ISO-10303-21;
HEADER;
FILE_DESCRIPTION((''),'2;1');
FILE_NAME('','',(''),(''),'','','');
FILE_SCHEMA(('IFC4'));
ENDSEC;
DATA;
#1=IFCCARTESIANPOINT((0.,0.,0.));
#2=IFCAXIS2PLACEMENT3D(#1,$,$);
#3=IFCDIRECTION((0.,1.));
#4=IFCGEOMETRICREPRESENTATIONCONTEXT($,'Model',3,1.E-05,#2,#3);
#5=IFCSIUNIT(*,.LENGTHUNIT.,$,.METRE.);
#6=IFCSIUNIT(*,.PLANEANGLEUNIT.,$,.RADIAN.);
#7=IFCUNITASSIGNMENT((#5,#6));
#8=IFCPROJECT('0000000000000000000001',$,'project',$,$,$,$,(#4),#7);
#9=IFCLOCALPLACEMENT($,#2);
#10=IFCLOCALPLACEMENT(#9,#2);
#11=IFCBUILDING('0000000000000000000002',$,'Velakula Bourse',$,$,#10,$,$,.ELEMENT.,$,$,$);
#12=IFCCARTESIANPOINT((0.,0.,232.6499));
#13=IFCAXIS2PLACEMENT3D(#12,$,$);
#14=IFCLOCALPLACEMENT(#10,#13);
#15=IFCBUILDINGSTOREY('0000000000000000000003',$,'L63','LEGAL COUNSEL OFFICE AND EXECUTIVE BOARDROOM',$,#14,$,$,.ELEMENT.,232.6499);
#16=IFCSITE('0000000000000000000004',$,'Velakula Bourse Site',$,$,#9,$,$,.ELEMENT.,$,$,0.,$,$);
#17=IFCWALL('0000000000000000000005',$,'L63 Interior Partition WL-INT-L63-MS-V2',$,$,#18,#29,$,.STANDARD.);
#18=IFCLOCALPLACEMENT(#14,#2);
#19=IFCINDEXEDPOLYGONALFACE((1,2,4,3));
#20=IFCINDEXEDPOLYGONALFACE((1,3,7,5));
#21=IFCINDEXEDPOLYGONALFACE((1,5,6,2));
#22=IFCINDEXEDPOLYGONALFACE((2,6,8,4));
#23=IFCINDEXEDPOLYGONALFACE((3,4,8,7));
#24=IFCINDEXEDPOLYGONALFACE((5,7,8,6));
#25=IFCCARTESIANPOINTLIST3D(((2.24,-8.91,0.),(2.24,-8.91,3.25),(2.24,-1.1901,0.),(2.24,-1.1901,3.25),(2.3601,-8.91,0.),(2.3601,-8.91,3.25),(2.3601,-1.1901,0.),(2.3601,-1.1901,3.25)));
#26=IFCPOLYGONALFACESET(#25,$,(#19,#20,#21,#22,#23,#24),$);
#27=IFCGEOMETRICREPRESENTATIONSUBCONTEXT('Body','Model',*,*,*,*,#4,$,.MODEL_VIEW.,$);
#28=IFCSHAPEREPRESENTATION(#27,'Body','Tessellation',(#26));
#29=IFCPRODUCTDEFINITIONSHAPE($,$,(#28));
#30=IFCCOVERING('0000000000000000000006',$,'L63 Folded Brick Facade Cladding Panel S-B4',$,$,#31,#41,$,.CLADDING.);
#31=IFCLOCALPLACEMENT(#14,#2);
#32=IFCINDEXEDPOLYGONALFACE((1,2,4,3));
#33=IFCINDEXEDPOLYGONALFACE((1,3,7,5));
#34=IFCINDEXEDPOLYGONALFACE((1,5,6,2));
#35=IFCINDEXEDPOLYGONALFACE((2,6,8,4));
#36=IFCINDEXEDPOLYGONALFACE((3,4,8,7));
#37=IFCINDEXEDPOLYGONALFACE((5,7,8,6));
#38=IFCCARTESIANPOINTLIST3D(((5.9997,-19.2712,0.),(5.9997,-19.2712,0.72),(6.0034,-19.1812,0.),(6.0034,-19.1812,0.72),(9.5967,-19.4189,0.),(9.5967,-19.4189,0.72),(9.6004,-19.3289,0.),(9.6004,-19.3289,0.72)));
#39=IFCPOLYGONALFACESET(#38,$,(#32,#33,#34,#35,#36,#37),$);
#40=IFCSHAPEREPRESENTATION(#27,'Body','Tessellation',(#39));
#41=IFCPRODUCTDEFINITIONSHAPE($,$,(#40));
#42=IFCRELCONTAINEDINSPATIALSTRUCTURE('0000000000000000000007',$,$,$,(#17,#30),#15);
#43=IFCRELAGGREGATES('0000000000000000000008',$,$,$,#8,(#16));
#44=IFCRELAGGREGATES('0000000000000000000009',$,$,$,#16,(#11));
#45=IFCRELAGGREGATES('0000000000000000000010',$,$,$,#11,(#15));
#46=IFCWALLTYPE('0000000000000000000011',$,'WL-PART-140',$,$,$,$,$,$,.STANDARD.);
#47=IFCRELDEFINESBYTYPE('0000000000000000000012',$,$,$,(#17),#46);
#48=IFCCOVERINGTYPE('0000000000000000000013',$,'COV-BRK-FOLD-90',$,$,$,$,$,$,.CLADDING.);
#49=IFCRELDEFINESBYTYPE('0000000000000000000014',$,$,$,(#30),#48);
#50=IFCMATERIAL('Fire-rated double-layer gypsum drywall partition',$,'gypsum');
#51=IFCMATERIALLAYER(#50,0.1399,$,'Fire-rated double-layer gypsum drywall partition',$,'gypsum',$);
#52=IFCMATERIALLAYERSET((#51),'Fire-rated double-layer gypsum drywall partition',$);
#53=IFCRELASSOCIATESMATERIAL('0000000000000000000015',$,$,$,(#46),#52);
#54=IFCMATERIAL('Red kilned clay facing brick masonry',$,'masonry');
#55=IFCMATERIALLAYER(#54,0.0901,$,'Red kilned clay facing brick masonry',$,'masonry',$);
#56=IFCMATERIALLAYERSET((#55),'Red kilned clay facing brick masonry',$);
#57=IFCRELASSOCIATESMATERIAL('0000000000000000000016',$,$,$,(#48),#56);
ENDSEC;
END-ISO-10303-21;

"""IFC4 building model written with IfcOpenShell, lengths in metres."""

from ifc_helpers import new_model, si_unit, direction, frame, frame_2d, origin, origin_2d, place, context, subcontext, project, spatial, rectangle, extrude, material, layer, layer_set, type_object, element, save


model = new_model("IFC4")

# Units and contexts
model_context = context("Model", 3, precision=1e-05, world=origin(), true_north=direction((0.0, 1.0)))
body_context = subcontext(model_context, "Body", "Model", "MODEL_VIEW")
ifc_project = project(units=[si_unit("LENGTHUNIT", "METRE"), si_unit("PLANEANGLEUNIT", "RADIAN")], contexts=[model_context])

# Site, building, storey
site_placement = place(None, origin())
site = spatial("IfcSite", under=ifc_project, at=site_placement, Name="Velakula Bourse Site", CompositionType="ELEMENT", RefElevation=0.0)
building_placement = place(site_placement, origin())
building = spatial("IfcBuilding", under=site, at=building_placement, Name="Velakula Bourse", CompositionType="ELEMENT")
storey_placement = place(building_placement, frame((0.0, 0.0, 232.6499)))
storey = spatial("IfcBuildingStorey", under=building, at=storey_placement, Name="L63", Description="LEGAL COUNSEL OFFICE AND EXECUTIVE BOARDROOM", CompositionType="ELEMENT", Elevation=232.6499)

# Wall
ifc_material_1 = material(Name="Fire-rated double-layer gypsum drywall partition", Category="gypsum")
ifc_layer_1 = layer(ifc_material_1, 0.1399, Name="Fire-rated double-layer gypsum drywall partition", Category="gypsum")
ifc_layer_set_1 = layer_set([ifc_layer_1], Name="Fire-rated double-layer gypsum drywall partition")
wall_type_1 = type_object("IfcWallType", Name="WL-PART-140", PredefinedType="STANDARD", material=ifc_layer_set_1)
for number, where, z_axis, x_axis, name in (
    (1, (2.3, -8.9099, 0.0), (0.0, 0.0, 1.0), (0.0, 1.0, 0.0), "L63 Interior Partition WL-INT-L63-MS-V2"),
):
    element("IfcWall", number, at=place(storey_placement, frame(where, z_axis=z_axis, x_axis=x_axis)), inside=storey, type_object=wall_type_1, Name=name, PredefinedType="STANDARD", context=body_context, shape_type="SweptSolid", body=[
        extrude(rectangle(XDim=7.72, YDim=0.1201, at=frame_2d((3.8599, 0.0))), origin(), (0.0, 0.0, 1.0), 3.25),
    ])

# Covering
ifc_material_2 = material(Name="Red kilned clay facing brick masonry", Category="masonry")
ifc_layer_2 = layer(ifc_material_2, 0.0901, Name="Red kilned clay facing brick masonry", Category="masonry")
ifc_layer_set_2 = layer_set([ifc_layer_2], Name="Red kilned clay facing brick masonry")
covering_type = type_object("IfcCoveringType", Name="COV-BRK-FOLD-90", PredefinedType="CLADDING", material=ifc_layer_set_2)
covering_placement = place(storey_placement, frame((7.8, -19.3, 0.0), z_axis=(0.0, 0.0, 1.0), x_axis=(0.999159, -0.041004, 0.0)))
element("IfcCovering", 2, at=covering_placement, inside=storey, type_object=covering_type, Name="L63 Folded Brick Facade Cladding Panel S-B4", PredefinedType="CLADDING", context=body_context, shape_type="SweptSolid", body=[
    extrude(rectangle(XDim=3.6001, YDim=0.0901, at=origin_2d()), origin(), (0.0, 0.0, 1.0), 0.72),
])

save(model, "model.ifc")
